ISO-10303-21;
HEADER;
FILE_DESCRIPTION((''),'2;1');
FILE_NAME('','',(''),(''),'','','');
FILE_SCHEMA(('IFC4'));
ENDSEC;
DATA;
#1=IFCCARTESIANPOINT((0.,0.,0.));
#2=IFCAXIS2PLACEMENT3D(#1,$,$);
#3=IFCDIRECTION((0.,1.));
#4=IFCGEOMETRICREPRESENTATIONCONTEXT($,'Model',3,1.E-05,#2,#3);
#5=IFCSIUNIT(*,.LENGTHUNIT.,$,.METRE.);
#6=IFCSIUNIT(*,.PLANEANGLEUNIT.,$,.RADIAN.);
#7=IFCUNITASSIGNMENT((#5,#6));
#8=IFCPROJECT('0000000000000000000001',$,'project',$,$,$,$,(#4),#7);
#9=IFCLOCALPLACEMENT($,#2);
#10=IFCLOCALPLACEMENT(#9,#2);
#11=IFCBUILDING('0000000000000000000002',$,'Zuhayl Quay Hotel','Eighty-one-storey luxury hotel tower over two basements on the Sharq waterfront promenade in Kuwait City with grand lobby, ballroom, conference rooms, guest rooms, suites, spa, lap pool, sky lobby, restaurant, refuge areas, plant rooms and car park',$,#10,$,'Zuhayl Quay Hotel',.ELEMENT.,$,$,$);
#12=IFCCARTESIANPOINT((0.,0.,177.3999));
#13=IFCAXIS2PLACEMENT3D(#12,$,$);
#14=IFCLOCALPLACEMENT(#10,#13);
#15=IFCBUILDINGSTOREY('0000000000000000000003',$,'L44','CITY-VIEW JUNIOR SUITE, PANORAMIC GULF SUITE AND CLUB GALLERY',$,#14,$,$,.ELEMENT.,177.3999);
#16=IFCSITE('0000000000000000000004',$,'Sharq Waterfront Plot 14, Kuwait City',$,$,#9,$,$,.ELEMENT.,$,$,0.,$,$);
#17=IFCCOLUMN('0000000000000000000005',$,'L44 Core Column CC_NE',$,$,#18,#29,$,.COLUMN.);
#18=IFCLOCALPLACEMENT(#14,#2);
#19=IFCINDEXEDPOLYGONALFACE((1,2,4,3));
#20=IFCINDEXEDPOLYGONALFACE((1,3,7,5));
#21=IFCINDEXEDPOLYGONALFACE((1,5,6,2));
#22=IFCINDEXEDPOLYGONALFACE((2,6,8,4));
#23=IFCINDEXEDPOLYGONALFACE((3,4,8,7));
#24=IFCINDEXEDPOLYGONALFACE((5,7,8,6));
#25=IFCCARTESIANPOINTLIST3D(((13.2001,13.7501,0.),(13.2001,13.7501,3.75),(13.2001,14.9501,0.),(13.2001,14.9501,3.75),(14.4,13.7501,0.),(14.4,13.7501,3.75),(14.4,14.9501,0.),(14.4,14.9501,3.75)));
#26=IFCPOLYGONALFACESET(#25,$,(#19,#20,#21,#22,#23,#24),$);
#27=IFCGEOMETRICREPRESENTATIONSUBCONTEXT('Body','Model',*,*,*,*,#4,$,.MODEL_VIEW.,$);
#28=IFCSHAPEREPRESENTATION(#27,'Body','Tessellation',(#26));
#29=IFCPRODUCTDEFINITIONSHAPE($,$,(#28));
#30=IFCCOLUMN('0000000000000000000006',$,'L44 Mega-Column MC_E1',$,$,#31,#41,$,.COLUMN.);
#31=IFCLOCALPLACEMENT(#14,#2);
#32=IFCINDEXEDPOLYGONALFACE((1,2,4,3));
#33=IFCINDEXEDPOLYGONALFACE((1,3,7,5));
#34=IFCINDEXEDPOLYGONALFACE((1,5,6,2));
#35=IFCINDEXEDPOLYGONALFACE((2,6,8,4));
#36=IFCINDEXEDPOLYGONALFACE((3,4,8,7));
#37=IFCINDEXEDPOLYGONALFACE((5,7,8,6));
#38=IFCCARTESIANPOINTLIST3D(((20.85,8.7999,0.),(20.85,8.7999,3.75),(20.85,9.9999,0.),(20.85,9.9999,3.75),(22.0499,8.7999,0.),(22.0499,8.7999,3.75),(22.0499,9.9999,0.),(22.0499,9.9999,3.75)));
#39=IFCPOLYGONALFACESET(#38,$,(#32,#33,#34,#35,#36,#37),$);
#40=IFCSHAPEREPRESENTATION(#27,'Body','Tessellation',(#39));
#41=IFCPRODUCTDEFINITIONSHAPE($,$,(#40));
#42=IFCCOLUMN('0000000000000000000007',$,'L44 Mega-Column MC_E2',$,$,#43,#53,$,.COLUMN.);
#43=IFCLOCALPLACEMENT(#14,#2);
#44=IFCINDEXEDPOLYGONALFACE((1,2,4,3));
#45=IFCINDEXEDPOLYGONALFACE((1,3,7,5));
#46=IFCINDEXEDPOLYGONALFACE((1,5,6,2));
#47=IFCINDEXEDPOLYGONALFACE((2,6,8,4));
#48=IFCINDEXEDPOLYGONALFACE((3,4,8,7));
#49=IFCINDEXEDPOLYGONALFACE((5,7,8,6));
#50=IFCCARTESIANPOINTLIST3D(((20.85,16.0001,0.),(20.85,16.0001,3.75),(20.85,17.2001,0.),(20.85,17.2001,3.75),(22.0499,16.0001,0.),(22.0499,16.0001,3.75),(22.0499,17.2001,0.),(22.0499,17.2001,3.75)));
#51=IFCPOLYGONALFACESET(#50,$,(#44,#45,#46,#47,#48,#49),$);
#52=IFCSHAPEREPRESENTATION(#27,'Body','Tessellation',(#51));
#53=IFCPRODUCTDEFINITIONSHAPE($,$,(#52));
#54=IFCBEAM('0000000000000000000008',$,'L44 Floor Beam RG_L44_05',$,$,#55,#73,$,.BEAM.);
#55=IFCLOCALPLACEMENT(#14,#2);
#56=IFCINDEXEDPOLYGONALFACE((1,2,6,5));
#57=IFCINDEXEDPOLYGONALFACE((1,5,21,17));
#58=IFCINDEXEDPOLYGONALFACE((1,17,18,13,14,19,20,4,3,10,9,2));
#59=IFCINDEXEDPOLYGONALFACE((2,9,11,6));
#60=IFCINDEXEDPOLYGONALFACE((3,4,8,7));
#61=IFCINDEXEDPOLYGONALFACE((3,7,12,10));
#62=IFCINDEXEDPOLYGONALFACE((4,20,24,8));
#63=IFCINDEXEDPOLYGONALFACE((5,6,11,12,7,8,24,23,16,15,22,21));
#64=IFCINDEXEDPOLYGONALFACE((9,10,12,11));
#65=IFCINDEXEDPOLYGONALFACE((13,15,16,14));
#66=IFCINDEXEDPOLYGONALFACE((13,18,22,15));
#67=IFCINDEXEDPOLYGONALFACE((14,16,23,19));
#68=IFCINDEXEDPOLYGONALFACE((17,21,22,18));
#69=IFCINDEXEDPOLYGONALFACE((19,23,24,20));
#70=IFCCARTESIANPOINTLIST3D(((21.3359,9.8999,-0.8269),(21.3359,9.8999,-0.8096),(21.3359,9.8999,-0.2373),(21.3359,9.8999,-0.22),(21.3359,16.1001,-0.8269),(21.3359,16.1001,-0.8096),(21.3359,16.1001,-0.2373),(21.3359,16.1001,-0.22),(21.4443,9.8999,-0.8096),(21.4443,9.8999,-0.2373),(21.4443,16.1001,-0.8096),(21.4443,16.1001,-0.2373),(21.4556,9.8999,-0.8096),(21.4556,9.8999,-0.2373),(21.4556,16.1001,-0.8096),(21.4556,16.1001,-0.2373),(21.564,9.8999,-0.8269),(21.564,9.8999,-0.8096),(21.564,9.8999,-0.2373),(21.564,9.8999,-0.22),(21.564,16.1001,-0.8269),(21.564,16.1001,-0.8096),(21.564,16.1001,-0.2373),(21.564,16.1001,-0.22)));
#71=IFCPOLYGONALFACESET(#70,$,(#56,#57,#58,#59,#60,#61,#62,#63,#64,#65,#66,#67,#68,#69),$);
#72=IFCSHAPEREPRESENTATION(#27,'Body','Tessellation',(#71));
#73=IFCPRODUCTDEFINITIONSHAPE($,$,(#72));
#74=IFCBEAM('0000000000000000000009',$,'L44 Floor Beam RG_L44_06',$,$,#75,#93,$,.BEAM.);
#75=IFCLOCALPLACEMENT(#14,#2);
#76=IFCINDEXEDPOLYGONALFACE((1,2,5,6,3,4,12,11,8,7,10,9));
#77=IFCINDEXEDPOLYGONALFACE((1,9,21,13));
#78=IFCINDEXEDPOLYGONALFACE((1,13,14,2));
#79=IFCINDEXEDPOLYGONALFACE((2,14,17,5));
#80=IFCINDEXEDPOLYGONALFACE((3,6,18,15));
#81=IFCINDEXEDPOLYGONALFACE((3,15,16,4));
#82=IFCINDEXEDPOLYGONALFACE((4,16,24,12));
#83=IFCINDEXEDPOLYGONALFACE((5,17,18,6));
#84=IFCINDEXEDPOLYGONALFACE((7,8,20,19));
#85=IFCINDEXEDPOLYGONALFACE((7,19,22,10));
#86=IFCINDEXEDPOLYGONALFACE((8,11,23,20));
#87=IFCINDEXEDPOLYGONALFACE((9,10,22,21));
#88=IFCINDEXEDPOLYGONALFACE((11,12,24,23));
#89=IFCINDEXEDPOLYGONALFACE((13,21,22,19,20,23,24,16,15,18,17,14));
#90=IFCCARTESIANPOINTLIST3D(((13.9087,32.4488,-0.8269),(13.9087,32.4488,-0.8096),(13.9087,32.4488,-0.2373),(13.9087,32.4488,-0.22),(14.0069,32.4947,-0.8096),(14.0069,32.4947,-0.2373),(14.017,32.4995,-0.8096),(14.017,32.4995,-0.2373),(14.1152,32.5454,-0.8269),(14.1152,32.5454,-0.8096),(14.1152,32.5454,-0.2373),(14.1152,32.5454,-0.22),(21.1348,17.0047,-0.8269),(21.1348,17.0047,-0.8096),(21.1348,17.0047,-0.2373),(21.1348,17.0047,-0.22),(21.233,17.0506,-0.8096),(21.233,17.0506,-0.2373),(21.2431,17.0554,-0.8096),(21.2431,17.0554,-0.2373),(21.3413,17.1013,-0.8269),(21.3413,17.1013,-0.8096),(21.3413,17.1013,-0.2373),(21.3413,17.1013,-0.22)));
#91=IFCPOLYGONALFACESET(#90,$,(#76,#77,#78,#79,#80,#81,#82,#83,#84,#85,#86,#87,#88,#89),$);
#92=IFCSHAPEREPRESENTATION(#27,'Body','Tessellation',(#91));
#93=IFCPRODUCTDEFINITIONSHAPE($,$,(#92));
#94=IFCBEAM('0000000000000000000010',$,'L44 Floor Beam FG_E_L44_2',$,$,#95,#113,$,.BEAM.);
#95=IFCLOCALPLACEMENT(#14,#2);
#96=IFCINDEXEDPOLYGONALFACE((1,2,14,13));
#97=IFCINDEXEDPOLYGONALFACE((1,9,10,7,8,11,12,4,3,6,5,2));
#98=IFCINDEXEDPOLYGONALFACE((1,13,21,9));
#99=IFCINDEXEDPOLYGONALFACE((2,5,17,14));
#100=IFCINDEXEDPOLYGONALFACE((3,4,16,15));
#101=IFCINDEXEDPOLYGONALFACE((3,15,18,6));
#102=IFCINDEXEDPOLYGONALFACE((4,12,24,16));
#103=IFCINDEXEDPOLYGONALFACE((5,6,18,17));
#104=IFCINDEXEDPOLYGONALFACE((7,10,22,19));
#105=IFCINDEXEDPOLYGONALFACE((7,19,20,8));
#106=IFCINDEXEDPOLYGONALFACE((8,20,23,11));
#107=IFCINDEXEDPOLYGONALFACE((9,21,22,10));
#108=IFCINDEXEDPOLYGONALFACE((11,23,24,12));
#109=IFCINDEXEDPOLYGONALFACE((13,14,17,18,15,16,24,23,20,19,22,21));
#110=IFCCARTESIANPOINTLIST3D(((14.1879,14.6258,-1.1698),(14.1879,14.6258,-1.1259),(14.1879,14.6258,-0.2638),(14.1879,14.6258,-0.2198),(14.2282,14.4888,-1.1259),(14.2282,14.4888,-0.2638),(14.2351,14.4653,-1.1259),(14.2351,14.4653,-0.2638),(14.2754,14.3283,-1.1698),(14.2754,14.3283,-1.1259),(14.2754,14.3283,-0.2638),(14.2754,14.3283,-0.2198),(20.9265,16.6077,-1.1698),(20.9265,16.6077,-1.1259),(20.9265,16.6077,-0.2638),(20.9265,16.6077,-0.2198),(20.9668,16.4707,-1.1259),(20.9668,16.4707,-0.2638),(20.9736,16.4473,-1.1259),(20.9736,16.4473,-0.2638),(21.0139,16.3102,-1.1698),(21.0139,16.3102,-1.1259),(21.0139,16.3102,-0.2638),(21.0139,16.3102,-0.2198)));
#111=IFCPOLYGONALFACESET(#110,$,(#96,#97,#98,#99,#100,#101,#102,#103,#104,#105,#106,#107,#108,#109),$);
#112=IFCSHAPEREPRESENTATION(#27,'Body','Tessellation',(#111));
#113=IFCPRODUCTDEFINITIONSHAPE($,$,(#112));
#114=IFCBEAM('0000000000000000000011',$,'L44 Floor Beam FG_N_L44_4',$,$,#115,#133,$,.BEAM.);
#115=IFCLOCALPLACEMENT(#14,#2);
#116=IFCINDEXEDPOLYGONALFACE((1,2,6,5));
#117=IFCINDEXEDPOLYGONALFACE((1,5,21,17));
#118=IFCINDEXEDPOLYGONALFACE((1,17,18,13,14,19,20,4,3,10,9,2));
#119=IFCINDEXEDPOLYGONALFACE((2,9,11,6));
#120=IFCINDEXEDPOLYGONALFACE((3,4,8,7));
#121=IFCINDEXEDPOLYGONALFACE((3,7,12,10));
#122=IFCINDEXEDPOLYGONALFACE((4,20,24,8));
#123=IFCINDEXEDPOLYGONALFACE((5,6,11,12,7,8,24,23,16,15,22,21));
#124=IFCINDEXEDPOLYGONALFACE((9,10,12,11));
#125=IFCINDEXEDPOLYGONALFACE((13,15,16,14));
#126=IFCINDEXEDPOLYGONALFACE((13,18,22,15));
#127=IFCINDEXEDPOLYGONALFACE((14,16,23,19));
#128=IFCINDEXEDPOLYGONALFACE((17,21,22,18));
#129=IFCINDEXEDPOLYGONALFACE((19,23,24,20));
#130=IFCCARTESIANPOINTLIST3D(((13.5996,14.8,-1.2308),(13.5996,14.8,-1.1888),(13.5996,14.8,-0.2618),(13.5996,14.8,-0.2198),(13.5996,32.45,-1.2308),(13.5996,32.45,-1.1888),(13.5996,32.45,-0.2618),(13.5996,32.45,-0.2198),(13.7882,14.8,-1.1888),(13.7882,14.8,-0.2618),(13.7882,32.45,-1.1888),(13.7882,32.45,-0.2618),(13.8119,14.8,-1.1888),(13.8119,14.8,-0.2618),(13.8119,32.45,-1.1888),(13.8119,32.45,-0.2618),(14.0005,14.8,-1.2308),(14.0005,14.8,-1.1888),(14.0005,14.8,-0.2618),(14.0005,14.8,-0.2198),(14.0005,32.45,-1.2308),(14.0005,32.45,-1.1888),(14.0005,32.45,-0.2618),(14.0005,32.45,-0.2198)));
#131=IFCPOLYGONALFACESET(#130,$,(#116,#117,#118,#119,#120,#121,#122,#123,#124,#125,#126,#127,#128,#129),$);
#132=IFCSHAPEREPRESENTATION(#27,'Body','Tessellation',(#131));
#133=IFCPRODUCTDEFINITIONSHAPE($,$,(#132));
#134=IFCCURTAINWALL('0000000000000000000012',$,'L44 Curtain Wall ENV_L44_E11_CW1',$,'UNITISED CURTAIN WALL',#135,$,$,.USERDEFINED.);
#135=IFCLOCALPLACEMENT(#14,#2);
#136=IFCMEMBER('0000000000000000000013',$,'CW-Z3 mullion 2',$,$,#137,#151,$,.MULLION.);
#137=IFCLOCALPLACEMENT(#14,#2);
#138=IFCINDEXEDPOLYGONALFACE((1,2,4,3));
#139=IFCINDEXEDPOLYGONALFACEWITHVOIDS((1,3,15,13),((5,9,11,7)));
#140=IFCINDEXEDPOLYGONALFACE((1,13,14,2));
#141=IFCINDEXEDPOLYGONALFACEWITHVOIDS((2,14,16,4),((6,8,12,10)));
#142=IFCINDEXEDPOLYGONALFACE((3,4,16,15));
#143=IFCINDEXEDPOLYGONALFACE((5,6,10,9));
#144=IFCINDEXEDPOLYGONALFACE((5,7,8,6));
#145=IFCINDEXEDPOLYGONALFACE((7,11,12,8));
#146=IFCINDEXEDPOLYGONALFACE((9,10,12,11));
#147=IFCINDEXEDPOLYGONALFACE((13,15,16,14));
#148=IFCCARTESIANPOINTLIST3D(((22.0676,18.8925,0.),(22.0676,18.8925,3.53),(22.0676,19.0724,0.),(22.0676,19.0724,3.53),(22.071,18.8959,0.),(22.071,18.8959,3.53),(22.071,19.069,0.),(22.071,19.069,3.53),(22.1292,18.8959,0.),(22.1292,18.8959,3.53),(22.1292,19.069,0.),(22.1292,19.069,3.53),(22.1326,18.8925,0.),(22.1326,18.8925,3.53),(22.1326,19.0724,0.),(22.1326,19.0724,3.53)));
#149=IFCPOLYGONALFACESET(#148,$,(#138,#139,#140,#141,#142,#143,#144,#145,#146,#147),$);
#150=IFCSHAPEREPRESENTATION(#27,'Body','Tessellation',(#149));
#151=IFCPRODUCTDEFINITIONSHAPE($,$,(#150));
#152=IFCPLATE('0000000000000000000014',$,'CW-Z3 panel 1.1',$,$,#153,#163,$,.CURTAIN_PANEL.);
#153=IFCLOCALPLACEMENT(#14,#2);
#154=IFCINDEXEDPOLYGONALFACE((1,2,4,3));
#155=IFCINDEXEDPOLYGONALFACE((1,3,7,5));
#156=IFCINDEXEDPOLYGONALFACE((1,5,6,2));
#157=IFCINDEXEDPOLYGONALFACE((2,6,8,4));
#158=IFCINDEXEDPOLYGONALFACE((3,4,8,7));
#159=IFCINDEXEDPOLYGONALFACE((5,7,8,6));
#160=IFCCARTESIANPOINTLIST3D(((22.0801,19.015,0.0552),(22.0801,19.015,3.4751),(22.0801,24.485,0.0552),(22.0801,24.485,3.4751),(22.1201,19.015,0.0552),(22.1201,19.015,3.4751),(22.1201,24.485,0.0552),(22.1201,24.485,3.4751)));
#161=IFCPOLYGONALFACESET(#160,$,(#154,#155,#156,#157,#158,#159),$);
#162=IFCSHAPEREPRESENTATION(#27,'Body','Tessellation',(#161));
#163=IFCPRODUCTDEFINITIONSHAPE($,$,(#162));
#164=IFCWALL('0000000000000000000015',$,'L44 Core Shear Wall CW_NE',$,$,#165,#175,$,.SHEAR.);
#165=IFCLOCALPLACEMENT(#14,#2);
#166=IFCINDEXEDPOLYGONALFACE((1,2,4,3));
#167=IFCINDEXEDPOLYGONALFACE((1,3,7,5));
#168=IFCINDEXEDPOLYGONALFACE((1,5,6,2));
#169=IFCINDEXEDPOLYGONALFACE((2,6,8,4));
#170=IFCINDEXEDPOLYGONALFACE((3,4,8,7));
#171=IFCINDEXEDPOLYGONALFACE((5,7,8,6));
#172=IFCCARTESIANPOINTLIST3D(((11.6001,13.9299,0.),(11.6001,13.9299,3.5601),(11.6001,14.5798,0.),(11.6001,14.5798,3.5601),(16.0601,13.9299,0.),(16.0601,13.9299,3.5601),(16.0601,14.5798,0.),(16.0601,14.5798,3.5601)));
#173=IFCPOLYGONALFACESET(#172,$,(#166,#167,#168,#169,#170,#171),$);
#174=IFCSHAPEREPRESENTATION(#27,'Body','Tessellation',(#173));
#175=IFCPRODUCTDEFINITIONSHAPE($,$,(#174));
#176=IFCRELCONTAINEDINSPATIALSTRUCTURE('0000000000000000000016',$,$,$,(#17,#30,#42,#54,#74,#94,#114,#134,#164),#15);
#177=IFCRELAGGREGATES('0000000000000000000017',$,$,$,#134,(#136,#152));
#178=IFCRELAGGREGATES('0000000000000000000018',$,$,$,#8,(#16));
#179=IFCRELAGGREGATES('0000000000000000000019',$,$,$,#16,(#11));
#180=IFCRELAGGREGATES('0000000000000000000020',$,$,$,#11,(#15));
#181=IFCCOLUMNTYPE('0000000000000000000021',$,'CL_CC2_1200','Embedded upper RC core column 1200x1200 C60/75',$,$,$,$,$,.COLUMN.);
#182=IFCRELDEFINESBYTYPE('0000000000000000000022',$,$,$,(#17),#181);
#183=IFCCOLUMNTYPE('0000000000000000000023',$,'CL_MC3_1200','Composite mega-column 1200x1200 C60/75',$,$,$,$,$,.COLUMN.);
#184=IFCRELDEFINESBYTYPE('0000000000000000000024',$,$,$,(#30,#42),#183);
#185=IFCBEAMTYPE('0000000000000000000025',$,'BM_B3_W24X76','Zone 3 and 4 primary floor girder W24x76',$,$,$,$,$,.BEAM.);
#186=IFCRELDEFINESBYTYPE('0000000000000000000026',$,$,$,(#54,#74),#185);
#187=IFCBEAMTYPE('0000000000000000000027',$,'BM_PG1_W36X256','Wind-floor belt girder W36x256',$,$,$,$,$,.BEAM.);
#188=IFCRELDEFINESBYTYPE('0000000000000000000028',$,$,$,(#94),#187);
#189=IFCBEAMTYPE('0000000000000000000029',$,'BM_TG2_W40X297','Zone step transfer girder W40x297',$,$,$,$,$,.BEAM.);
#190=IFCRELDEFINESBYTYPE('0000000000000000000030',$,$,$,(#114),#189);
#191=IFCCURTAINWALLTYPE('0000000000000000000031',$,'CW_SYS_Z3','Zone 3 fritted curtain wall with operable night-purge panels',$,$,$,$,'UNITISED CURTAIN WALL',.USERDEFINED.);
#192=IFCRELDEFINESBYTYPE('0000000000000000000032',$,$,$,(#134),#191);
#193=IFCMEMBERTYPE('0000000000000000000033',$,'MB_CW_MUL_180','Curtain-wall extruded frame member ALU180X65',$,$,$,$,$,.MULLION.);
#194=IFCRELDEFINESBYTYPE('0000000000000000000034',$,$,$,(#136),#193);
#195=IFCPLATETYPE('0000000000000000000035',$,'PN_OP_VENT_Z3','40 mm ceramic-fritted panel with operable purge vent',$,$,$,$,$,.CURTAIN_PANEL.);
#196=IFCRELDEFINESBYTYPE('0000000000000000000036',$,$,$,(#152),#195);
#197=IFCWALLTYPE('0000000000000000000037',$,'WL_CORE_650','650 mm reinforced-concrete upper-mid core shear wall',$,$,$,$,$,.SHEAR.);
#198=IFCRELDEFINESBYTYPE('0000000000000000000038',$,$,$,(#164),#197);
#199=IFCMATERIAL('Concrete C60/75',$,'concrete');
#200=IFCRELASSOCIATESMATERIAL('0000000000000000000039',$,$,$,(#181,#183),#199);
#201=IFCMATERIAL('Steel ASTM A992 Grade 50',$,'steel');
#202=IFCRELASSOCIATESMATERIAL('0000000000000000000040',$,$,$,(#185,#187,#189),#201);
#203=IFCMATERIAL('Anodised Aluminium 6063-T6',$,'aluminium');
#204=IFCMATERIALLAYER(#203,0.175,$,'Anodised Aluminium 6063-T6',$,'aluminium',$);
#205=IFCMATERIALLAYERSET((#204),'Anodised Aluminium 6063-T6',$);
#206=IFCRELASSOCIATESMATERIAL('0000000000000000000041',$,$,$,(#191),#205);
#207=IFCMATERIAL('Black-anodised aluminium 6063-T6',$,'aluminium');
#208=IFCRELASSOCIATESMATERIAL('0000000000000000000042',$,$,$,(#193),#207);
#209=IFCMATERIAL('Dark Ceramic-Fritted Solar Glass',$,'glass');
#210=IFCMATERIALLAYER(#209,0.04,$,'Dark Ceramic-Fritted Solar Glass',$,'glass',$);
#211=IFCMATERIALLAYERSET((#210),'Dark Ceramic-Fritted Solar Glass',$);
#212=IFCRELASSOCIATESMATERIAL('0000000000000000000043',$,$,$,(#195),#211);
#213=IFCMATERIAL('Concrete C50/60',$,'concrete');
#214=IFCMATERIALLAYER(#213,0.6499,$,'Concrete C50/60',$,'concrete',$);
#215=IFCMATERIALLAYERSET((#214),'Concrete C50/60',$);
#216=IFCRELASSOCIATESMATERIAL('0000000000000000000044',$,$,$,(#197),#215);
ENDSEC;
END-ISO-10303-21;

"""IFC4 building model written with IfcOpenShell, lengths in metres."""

from ifc_helpers import new_model, si_unit, direction, frame, frame_2d, origin, origin_2d, place, context, subcontext, project, spatial, rectangle, hollow_rectangle, i_section, extrude, material, layer, layer_set, material_profile, profile_set, type_object, element, aggregate, save


model = new_model("IFC4")

# Units and contexts
model_context = context("Model", 3, precision=1e-05, world=origin(), true_north=direction((0.0, 1.0)))
body_context = subcontext(model_context, "Body", "Model", "MODEL_VIEW")
ifc_project = project(units=[si_unit("LENGTHUNIT", "METRE"), si_unit("PLANEANGLEUNIT", "RADIAN")], contexts=[model_context])

# Site, building, storey
site_placement = place(None, origin())
site = spatial("IfcSite", under=ifc_project, at=site_placement, Name="Sharq Waterfront Plot 14, Kuwait City", CompositionType="ELEMENT", RefElevation=0.0)
building_placement = place(site_placement, origin())
building = spatial("IfcBuilding", under=site, at=building_placement, Name="Zuhayl Quay Hotel", Description="Eighty-one-storey luxury hotel tower over two basements on the Sharq waterfront promenade in Kuwait City with grand lobby, ballroom, conference rooms, guest rooms, suites, spa, lap pool, sky lobby, restaurant, refuge areas, plant rooms and car park", LongName="Zuhayl Quay Hotel", CompositionType="ELEMENT")
storey_placement = place(building_placement, frame((0.0, 0.0, 177.3999)))
storey = spatial("IfcBuildingStorey", under=building, at=storey_placement, Name="L44", Description="CITY-VIEW JUNIOR SUITE, PANORAMIC GULF SUITE AND CLUB GALLERY", CompositionType="ELEMENT", Elevation=177.3999)

# Columns
ifc_material_1 = material(Name="Concrete C60/75", Category="concrete")
ifc_material_profile_1 = material_profile(ifc_material_1, rectangle(XDim=1.2, YDim=1.2, at=origin_2d()), Name="RC1200X1200")
ifc_profile_set_1 = profile_set([ifc_material_profile_1], Name="Concrete C60/75")
column_type_1 = type_object("IfcColumnType", Name="CL_CC2_1200", Description="Embedded upper RC core column 1200x1200 C60/75", PredefinedType="COLUMN", material=ifc_profile_set_1)
column_placement = place(storey_placement, frame((13.8, 14.3501, 0.0), z_axis=(0.0, 0.0, 1.0), x_axis=(1.0, 0.0, 0.0)))
element("IfcColumn", 1, at=column_placement, inside=storey, type_object=column_type_1, Name="L44 Core Column CC_NE", PredefinedType="COLUMN", context=body_context, shape_type="SweptSolid", body=[
    extrude(rectangle(XDim=1.2, YDim=1.2, at=origin_2d()), origin(), (0.0, 0.0, 1.0), 3.75),
])
ifc_material_profile_2 = material_profile(ifc_material_1, rectangle(XDim=1.2, YDim=1.2, at=origin_2d()), Name="RC1200X1200")
ifc_profile_set_2 = profile_set([ifc_material_profile_2], Name="Concrete C60/75")
column_type_2 = type_object("IfcColumnType", Name="CL_MC3_1200", Description="Composite mega-column 1200x1200 C60/75", PredefinedType="COLUMN", material=ifc_profile_set_2)
for number, where, z_axis, x_axis, name in (
    (2, (21.45, 9.3999, 0.0), (0.0, 0.0, 1.0), (1.0, 0.0, 0.0), "L44 Mega-Column MC_E1"),
    (3, (21.45, 16.6001, 0.0), (0.0, 0.0, 1.0), (1.0, 0.0, 0.0), "L44 Mega-Column MC_E2"),
):
    element("IfcColumn", number, at=place(storey_placement, frame(where, z_axis=z_axis, x_axis=x_axis)), inside=storey, type_object=column_type_2, Name=name, PredefinedType="COLUMN", context=body_context, shape_type="SweptSolid", body=[
        extrude(rectangle(XDim=1.2, YDim=1.2, at=origin_2d()), origin(), (0.0, 0.0, 1.0), 3.75),
    ])

# Beams
ifc_material_2 = material(Name="Steel ASTM A992 Grade 50", Category="steel")
ifc_material_profile_3 = material_profile(ifc_material_2, i_section(OverallWidth=0.228, OverallDepth=0.6069, WebThickness=0.0112, FlangeThickness=0.0173, at=origin_2d()), Name="W24X76")
ifc_profile_set_3 = profile_set([ifc_material_profile_3], Name="Steel ASTM A992 Grade 50")
beam_type_1 = type_object("IfcBeamType", Name="BM_B3_W24X76", Description="Zone 3 and 4 primary floor girder W24x76", PredefinedType="BEAM", material=ifc_profile_set_3)
beam_1_placement = place(storey_placement, frame((21.45, 9.8999, -0.5234), z_axis=(0.0, 1.0, 0.0), x_axis=(-1.0, 0.0, 0.0)))
element("IfcBeam", 4, at=beam_1_placement, inside=storey, type_object=beam_type_1, Name="L44 Floor Beam RG_L44_05", PredefinedType="BEAM", context=body_context, shape_type="SweptSolid", body=[
    extrude(i_section(OverallWidth=0.228, OverallDepth=0.6069, WebThickness=0.0112, FlangeThickness=0.0173, at=origin_2d()), origin(), (0.0, 0.0, 1.0), 6.2002),
])
beam_2_placement = place(storey_placement, frame((21.238, 17.053, -0.5234), z_axis=(-0.423792, 0.905759, 0.0), x_axis=(-0.905759, -0.423792, 0.0)))
element("IfcBeam", 5, at=beam_2_placement, inside=storey, type_object=beam_type_1, Name="L44 Floor Beam RG_L44_06", PredefinedType="BEAM", context=body_context, shape_type="SweptSolid", body=[
    extrude(i_section(OverallWidth=0.228, OverallDepth=0.6069, WebThickness=0.0112, FlangeThickness=0.0173, at=origin_2d()), origin(), (0.0, 0.0, 1.0), 17.051),
])
ifc_material_profile_4 = material_profile(ifc_material_2, i_section(OverallWidth=0.3101, OverallDepth=0.95, WebThickness=0.0244, FlangeThickness=0.0439, at=origin_2d()), Name="W36X256")
ifc_profile_set_4 = profile_set([ifc_material_profile_4], Name="Steel ASTM A992 Grade 50")
beam_type_2 = type_object("IfcBeamType", Name="BM_PG1_W36X256", Description="Wind-floor belt girder W36x256", PredefinedType="BEAM", material=ifc_profile_set_4)
beam_3_placement = place(storey_placement, frame((14.2317, 14.4771, -0.6948), z_axis=(0.959365, 0.282168, 0.0), x_axis=(-0.282168, 0.959365, 0.0)))
element("IfcBeam", 6, at=beam_3_placement, inside=storey, type_object=beam_type_2, Name="L44 Floor Beam FG_E_L44_2", PredefinedType="BEAM", context=body_context, shape_type="SweptSolid", body=[
    extrude(i_section(OverallWidth=0.3101, OverallDepth=0.95, WebThickness=0.0244, FlangeThickness=0.0439, at=origin_2d()), origin(), (0.0, 0.0, 1.0), 7.0239),
])
ifc_material_profile_5 = material_profile(ifc_material_2, i_section(OverallWidth=0.4009, OverallDepth=1.011, WebThickness=0.0237, FlangeThickness=0.042, at=origin_2d()), Name="W40X297")
ifc_profile_set_5 = profile_set([ifc_material_profile_5], Name="Steel ASTM A992 Grade 50")
beam_type_3 = type_object("IfcBeamType", Name="BM_TG2_W40X297", Description="Zone step transfer girder W40x297", PredefinedType="BEAM", material=ifc_profile_set_5)
beam_4_placement = place(storey_placement, frame((13.8, 14.8, -0.7253), z_axis=(0.0, 1.0, 0.0), x_axis=(-1.0, 0.0, 0.0)))
element("IfcBeam", 7, at=beam_4_placement, inside=storey, type_object=beam_type_3, Name="L44 Floor Beam FG_N_L44_4", PredefinedType="BEAM", context=body_context, shape_type="SweptSolid", body=[
    extrude(i_section(OverallWidth=0.4009, OverallDepth=1.011, WebThickness=0.0237, FlangeThickness=0.042, at=origin_2d()), origin(), (0.0, 0.0, 1.0), 17.6499),
])

# Curtain wall, member, plate
ifc_material_3 = material(Name="Anodised Aluminium 6063-T6", Category="aluminium")
ifc_layer_1 = layer(ifc_material_3, 0.175, Name="Anodised Aluminium 6063-T6", Category="aluminium")
ifc_layer_set_1 = layer_set([ifc_layer_1], Name="Anodised Aluminium 6063-T6")
curtain_wall_type = type_object("IfcCurtainWallType", Name="CW_SYS_Z3", Description="Zone 3 fritted curtain wall with operable night-purge panels", ElementType="UNITISED CURTAIN WALL", PredefinedType="USERDEFINED", material=ifc_layer_set_1)
curtain_wall_placement = place(storey_placement, origin())
curtain_wall = element("IfcCurtainWall", 8, at=curtain_wall_placement, inside=storey, type_object=curtain_wall_type, Name="L44 Curtain Wall ENV_L44_E11_CW1", ObjectType="UNITISED CURTAIN WALL", PredefinedType="USERDEFINED")
ifc_material_4 = material(Name="Black-anodised aluminium 6063-T6", Category="aluminium")
ifc_material_profile_6 = material_profile(ifc_material_4, hollow_rectangle(XDim=0.0649, YDim=0.1799, WallThickness=0.0034, at=origin_2d()), Name="ALU180X65")
ifc_profile_set_6 = profile_set([ifc_material_profile_6], Name="Black-anodised aluminium 6063-T6")
member_type = type_object("IfcMemberType", Name="MB_CW_MUL_180", Description="Curtain-wall extruded frame member ALU180X65", PredefinedType="MULLION", material=ifc_profile_set_6)
member_placement = place(storey_placement, frame((22.1001, 18.9824, 0.0), z_axis=(0.0, 0.0, 1.0), x_axis=(1.0, 0.0, 0.0)))
member = element("IfcMember", 9, at=member_placement, type_object=member_type, Name="CW-Z3 mullion 2", PredefinedType="MULLION", context=body_context, shape_type="SweptSolid", body=[
    extrude(hollow_rectangle(XDim=0.0649, YDim=0.1799, WallThickness=0.0034, at=origin_2d()), origin(), (0.0, 0.0, 1.0), 3.53),
])
ifc_material_5 = material(Name="Dark Ceramic-Fritted Solar Glass", Category="glass")
ifc_layer_2 = layer(ifc_material_5, 0.04, Name="Dark Ceramic-Fritted Solar Glass", Category="glass")
ifc_layer_set_2 = layer_set([ifc_layer_2], Name="Dark Ceramic-Fritted Solar Glass")
plate_type = type_object("IfcPlateType", Name="PN_OP_VENT_Z3", Description="40 mm ceramic-fritted panel with operable purge vent", PredefinedType="CURTAIN_PANEL", material=ifc_layer_set_2)
plate_placement = place(storey_placement, frame((22.1001, 21.75, 0.0552), z_axis=(0.0, 0.0, 1.0), x_axis=(0.0, -1.0, 0.0)))
plate = element("IfcPlate", 10, at=plate_placement, type_object=plate_type, Name="CW-Z3 panel 1.1", PredefinedType="CURTAIN_PANEL", context=body_context, shape_type="SweptSolid", body=[
    extrude(rectangle(XDim=5.47, YDim=0.04, at=origin_2d()), origin(), (0.0, 0.0, 1.0), 3.4199),
])
aggregate(curtain_wall, [member, plate])

# Wall
ifc_material_6 = material(Name="Concrete C50/60", Category="concrete")
ifc_layer_3 = layer(ifc_material_6, 0.6499, Name="Concrete C50/60", Category="concrete")
ifc_layer_set_3 = layer_set([ifc_layer_3], Name="Concrete C50/60")
wall_type_1 = type_object("IfcWallType", Name="WL_CORE_650", Description="650 mm reinforced-concrete upper-mid core shear wall", PredefinedType="SHEAR", material=ifc_layer_set_3)
wall_1_placement = place(storey_placement, frame((11.6001, 14.2549, 0.0), z_axis=(0.0, 0.0, 1.0), x_axis=(1.0, 0.0, 0.0)))
element("IfcWall", 11, at=wall_1_placement, inside=storey, type_object=wall_type_1, Name="L44 Core Shear Wall CW_NE", PredefinedType="SHEAR", context=body_context, shape_type="SweptSolid", body=[
    extrude(rectangle(XDim=4.46, YDim=0.6499, at=frame_2d((2.23, 0.0))), origin(), (0.0, 0.0, 1.0), 3.5601),
])

save(model, "model.ifc")
